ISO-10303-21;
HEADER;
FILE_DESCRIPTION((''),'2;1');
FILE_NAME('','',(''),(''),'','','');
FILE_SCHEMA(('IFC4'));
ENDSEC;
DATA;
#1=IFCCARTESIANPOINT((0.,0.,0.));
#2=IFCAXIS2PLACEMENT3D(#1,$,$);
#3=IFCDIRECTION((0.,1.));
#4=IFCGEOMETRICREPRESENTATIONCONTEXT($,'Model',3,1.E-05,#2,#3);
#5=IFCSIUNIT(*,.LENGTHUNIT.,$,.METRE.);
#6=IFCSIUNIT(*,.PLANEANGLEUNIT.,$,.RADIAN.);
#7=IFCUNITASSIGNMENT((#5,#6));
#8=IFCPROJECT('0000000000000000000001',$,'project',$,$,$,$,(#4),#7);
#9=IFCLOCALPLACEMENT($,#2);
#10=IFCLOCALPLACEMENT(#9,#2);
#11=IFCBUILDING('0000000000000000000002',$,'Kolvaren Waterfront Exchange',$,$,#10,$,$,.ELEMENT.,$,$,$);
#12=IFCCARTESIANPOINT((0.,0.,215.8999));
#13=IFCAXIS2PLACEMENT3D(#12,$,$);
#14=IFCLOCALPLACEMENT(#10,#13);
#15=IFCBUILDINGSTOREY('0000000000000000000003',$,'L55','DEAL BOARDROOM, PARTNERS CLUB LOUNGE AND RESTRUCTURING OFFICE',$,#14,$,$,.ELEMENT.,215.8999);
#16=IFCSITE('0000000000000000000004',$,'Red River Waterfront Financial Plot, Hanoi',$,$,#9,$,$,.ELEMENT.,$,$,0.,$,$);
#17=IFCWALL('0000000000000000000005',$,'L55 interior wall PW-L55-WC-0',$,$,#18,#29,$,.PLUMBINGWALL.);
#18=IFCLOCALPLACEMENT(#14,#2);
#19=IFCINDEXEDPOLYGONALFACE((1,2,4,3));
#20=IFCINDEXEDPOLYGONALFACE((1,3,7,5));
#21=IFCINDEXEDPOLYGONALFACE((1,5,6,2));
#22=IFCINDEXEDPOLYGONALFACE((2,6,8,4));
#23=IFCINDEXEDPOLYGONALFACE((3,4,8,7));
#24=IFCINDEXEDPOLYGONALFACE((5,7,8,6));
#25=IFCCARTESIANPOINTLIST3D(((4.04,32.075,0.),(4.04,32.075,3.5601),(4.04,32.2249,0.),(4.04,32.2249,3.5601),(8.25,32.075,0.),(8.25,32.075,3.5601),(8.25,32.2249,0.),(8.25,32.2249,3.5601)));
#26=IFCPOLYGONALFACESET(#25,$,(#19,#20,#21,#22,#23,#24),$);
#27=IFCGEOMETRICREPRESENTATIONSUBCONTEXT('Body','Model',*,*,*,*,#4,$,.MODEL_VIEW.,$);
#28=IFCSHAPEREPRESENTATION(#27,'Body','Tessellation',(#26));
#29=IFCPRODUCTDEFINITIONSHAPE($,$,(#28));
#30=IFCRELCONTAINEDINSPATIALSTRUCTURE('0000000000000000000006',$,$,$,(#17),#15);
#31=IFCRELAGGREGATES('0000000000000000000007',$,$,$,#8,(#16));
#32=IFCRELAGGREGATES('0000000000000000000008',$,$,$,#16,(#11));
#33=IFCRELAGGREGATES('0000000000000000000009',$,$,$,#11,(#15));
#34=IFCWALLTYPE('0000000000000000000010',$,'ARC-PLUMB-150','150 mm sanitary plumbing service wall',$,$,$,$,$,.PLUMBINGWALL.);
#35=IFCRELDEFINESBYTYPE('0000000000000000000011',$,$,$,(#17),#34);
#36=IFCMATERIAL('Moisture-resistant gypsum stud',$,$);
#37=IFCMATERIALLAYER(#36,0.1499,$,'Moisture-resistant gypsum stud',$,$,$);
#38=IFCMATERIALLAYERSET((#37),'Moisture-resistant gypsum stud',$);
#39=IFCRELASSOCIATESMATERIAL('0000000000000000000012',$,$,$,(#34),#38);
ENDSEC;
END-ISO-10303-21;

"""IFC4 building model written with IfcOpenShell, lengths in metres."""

from ifc_helpers import new_model, si_unit, direction, frame, frame_2d, origin, place, context, subcontext, project, spatial, rectangle, extrude, material, layer, layer_set, type_object, element, save


model = new_model("IFC4")

# Units and contexts
model_context = context("Model", 3, precision=1e-05, world=origin(), true_north=direction((0.0, 1.0)))
body_context = subcontext(model_context, "Body", "Model", "MODEL_VIEW")
ifc_project = project(units=[si_unit("LENGTHUNIT", "METRE"), si_unit("PLANEANGLEUNIT", "RADIAN")], contexts=[model_context])

# Site, building, storey
site_placement = place(None, origin())
site = spatial("IfcSite", under=ifc_project, at=site_placement, Name="Red River Waterfront Financial Plot, Hanoi", CompositionType="ELEMENT", RefElevation=0.0)
building_placement = place(site_placement, origin())
building = spatial("IfcBuilding", under=site, at=building_placement, Name="Kolvaren Waterfront Exchange", CompositionType="ELEMENT")
storey_placement = place(building_placement, frame((0.0, 0.0, 215.8999)))
storey = spatial("IfcBuildingStorey", under=building, at=storey_placement, Name="L55", Description="DEAL BOARDROOM, PARTNERS CLUB LOUNGE AND RESTRUCTURING OFFICE", CompositionType="ELEMENT", Elevation=215.8999)

# Wall
ifc_material_1 = material(Name="Moisture-resistant gypsum stud")
ifc_layer_1 = layer(ifc_material_1, 0.1499, Name="Moisture-resistant gypsum stud")
ifc_layer_set_1 = layer_set([ifc_layer_1], Name="Moisture-resistant gypsum stud")
wall_type_1 = type_object("IfcWallType", Name="ARC-PLUMB-150", Description="150 mm sanitary plumbing service wall", PredefinedType="PLUMBINGWALL", material=ifc_layer_set_1)
wall_1_placement = place(storey_placement, frame((4.04, 32.1499, 0.0), z_axis=(0.0, 0.0, 1.0), x_axis=(1.0, 0.0, 0.0)))
element("IfcWall", 1, at=wall_1_placement, inside=storey, type_object=wall_type_1, Name="L55 interior wall PW-L55-WC-0", PredefinedType="PLUMBINGWALL", context=body_context, shape_type="SweptSolid", body=[
    extrude(rectangle(XDim=4.21, YDim=0.1499, at=frame_2d((2.105, 0.0))), origin(), (0.0, 0.0, 1.0), 3.5601),
])

save(model, "model.ifc")
